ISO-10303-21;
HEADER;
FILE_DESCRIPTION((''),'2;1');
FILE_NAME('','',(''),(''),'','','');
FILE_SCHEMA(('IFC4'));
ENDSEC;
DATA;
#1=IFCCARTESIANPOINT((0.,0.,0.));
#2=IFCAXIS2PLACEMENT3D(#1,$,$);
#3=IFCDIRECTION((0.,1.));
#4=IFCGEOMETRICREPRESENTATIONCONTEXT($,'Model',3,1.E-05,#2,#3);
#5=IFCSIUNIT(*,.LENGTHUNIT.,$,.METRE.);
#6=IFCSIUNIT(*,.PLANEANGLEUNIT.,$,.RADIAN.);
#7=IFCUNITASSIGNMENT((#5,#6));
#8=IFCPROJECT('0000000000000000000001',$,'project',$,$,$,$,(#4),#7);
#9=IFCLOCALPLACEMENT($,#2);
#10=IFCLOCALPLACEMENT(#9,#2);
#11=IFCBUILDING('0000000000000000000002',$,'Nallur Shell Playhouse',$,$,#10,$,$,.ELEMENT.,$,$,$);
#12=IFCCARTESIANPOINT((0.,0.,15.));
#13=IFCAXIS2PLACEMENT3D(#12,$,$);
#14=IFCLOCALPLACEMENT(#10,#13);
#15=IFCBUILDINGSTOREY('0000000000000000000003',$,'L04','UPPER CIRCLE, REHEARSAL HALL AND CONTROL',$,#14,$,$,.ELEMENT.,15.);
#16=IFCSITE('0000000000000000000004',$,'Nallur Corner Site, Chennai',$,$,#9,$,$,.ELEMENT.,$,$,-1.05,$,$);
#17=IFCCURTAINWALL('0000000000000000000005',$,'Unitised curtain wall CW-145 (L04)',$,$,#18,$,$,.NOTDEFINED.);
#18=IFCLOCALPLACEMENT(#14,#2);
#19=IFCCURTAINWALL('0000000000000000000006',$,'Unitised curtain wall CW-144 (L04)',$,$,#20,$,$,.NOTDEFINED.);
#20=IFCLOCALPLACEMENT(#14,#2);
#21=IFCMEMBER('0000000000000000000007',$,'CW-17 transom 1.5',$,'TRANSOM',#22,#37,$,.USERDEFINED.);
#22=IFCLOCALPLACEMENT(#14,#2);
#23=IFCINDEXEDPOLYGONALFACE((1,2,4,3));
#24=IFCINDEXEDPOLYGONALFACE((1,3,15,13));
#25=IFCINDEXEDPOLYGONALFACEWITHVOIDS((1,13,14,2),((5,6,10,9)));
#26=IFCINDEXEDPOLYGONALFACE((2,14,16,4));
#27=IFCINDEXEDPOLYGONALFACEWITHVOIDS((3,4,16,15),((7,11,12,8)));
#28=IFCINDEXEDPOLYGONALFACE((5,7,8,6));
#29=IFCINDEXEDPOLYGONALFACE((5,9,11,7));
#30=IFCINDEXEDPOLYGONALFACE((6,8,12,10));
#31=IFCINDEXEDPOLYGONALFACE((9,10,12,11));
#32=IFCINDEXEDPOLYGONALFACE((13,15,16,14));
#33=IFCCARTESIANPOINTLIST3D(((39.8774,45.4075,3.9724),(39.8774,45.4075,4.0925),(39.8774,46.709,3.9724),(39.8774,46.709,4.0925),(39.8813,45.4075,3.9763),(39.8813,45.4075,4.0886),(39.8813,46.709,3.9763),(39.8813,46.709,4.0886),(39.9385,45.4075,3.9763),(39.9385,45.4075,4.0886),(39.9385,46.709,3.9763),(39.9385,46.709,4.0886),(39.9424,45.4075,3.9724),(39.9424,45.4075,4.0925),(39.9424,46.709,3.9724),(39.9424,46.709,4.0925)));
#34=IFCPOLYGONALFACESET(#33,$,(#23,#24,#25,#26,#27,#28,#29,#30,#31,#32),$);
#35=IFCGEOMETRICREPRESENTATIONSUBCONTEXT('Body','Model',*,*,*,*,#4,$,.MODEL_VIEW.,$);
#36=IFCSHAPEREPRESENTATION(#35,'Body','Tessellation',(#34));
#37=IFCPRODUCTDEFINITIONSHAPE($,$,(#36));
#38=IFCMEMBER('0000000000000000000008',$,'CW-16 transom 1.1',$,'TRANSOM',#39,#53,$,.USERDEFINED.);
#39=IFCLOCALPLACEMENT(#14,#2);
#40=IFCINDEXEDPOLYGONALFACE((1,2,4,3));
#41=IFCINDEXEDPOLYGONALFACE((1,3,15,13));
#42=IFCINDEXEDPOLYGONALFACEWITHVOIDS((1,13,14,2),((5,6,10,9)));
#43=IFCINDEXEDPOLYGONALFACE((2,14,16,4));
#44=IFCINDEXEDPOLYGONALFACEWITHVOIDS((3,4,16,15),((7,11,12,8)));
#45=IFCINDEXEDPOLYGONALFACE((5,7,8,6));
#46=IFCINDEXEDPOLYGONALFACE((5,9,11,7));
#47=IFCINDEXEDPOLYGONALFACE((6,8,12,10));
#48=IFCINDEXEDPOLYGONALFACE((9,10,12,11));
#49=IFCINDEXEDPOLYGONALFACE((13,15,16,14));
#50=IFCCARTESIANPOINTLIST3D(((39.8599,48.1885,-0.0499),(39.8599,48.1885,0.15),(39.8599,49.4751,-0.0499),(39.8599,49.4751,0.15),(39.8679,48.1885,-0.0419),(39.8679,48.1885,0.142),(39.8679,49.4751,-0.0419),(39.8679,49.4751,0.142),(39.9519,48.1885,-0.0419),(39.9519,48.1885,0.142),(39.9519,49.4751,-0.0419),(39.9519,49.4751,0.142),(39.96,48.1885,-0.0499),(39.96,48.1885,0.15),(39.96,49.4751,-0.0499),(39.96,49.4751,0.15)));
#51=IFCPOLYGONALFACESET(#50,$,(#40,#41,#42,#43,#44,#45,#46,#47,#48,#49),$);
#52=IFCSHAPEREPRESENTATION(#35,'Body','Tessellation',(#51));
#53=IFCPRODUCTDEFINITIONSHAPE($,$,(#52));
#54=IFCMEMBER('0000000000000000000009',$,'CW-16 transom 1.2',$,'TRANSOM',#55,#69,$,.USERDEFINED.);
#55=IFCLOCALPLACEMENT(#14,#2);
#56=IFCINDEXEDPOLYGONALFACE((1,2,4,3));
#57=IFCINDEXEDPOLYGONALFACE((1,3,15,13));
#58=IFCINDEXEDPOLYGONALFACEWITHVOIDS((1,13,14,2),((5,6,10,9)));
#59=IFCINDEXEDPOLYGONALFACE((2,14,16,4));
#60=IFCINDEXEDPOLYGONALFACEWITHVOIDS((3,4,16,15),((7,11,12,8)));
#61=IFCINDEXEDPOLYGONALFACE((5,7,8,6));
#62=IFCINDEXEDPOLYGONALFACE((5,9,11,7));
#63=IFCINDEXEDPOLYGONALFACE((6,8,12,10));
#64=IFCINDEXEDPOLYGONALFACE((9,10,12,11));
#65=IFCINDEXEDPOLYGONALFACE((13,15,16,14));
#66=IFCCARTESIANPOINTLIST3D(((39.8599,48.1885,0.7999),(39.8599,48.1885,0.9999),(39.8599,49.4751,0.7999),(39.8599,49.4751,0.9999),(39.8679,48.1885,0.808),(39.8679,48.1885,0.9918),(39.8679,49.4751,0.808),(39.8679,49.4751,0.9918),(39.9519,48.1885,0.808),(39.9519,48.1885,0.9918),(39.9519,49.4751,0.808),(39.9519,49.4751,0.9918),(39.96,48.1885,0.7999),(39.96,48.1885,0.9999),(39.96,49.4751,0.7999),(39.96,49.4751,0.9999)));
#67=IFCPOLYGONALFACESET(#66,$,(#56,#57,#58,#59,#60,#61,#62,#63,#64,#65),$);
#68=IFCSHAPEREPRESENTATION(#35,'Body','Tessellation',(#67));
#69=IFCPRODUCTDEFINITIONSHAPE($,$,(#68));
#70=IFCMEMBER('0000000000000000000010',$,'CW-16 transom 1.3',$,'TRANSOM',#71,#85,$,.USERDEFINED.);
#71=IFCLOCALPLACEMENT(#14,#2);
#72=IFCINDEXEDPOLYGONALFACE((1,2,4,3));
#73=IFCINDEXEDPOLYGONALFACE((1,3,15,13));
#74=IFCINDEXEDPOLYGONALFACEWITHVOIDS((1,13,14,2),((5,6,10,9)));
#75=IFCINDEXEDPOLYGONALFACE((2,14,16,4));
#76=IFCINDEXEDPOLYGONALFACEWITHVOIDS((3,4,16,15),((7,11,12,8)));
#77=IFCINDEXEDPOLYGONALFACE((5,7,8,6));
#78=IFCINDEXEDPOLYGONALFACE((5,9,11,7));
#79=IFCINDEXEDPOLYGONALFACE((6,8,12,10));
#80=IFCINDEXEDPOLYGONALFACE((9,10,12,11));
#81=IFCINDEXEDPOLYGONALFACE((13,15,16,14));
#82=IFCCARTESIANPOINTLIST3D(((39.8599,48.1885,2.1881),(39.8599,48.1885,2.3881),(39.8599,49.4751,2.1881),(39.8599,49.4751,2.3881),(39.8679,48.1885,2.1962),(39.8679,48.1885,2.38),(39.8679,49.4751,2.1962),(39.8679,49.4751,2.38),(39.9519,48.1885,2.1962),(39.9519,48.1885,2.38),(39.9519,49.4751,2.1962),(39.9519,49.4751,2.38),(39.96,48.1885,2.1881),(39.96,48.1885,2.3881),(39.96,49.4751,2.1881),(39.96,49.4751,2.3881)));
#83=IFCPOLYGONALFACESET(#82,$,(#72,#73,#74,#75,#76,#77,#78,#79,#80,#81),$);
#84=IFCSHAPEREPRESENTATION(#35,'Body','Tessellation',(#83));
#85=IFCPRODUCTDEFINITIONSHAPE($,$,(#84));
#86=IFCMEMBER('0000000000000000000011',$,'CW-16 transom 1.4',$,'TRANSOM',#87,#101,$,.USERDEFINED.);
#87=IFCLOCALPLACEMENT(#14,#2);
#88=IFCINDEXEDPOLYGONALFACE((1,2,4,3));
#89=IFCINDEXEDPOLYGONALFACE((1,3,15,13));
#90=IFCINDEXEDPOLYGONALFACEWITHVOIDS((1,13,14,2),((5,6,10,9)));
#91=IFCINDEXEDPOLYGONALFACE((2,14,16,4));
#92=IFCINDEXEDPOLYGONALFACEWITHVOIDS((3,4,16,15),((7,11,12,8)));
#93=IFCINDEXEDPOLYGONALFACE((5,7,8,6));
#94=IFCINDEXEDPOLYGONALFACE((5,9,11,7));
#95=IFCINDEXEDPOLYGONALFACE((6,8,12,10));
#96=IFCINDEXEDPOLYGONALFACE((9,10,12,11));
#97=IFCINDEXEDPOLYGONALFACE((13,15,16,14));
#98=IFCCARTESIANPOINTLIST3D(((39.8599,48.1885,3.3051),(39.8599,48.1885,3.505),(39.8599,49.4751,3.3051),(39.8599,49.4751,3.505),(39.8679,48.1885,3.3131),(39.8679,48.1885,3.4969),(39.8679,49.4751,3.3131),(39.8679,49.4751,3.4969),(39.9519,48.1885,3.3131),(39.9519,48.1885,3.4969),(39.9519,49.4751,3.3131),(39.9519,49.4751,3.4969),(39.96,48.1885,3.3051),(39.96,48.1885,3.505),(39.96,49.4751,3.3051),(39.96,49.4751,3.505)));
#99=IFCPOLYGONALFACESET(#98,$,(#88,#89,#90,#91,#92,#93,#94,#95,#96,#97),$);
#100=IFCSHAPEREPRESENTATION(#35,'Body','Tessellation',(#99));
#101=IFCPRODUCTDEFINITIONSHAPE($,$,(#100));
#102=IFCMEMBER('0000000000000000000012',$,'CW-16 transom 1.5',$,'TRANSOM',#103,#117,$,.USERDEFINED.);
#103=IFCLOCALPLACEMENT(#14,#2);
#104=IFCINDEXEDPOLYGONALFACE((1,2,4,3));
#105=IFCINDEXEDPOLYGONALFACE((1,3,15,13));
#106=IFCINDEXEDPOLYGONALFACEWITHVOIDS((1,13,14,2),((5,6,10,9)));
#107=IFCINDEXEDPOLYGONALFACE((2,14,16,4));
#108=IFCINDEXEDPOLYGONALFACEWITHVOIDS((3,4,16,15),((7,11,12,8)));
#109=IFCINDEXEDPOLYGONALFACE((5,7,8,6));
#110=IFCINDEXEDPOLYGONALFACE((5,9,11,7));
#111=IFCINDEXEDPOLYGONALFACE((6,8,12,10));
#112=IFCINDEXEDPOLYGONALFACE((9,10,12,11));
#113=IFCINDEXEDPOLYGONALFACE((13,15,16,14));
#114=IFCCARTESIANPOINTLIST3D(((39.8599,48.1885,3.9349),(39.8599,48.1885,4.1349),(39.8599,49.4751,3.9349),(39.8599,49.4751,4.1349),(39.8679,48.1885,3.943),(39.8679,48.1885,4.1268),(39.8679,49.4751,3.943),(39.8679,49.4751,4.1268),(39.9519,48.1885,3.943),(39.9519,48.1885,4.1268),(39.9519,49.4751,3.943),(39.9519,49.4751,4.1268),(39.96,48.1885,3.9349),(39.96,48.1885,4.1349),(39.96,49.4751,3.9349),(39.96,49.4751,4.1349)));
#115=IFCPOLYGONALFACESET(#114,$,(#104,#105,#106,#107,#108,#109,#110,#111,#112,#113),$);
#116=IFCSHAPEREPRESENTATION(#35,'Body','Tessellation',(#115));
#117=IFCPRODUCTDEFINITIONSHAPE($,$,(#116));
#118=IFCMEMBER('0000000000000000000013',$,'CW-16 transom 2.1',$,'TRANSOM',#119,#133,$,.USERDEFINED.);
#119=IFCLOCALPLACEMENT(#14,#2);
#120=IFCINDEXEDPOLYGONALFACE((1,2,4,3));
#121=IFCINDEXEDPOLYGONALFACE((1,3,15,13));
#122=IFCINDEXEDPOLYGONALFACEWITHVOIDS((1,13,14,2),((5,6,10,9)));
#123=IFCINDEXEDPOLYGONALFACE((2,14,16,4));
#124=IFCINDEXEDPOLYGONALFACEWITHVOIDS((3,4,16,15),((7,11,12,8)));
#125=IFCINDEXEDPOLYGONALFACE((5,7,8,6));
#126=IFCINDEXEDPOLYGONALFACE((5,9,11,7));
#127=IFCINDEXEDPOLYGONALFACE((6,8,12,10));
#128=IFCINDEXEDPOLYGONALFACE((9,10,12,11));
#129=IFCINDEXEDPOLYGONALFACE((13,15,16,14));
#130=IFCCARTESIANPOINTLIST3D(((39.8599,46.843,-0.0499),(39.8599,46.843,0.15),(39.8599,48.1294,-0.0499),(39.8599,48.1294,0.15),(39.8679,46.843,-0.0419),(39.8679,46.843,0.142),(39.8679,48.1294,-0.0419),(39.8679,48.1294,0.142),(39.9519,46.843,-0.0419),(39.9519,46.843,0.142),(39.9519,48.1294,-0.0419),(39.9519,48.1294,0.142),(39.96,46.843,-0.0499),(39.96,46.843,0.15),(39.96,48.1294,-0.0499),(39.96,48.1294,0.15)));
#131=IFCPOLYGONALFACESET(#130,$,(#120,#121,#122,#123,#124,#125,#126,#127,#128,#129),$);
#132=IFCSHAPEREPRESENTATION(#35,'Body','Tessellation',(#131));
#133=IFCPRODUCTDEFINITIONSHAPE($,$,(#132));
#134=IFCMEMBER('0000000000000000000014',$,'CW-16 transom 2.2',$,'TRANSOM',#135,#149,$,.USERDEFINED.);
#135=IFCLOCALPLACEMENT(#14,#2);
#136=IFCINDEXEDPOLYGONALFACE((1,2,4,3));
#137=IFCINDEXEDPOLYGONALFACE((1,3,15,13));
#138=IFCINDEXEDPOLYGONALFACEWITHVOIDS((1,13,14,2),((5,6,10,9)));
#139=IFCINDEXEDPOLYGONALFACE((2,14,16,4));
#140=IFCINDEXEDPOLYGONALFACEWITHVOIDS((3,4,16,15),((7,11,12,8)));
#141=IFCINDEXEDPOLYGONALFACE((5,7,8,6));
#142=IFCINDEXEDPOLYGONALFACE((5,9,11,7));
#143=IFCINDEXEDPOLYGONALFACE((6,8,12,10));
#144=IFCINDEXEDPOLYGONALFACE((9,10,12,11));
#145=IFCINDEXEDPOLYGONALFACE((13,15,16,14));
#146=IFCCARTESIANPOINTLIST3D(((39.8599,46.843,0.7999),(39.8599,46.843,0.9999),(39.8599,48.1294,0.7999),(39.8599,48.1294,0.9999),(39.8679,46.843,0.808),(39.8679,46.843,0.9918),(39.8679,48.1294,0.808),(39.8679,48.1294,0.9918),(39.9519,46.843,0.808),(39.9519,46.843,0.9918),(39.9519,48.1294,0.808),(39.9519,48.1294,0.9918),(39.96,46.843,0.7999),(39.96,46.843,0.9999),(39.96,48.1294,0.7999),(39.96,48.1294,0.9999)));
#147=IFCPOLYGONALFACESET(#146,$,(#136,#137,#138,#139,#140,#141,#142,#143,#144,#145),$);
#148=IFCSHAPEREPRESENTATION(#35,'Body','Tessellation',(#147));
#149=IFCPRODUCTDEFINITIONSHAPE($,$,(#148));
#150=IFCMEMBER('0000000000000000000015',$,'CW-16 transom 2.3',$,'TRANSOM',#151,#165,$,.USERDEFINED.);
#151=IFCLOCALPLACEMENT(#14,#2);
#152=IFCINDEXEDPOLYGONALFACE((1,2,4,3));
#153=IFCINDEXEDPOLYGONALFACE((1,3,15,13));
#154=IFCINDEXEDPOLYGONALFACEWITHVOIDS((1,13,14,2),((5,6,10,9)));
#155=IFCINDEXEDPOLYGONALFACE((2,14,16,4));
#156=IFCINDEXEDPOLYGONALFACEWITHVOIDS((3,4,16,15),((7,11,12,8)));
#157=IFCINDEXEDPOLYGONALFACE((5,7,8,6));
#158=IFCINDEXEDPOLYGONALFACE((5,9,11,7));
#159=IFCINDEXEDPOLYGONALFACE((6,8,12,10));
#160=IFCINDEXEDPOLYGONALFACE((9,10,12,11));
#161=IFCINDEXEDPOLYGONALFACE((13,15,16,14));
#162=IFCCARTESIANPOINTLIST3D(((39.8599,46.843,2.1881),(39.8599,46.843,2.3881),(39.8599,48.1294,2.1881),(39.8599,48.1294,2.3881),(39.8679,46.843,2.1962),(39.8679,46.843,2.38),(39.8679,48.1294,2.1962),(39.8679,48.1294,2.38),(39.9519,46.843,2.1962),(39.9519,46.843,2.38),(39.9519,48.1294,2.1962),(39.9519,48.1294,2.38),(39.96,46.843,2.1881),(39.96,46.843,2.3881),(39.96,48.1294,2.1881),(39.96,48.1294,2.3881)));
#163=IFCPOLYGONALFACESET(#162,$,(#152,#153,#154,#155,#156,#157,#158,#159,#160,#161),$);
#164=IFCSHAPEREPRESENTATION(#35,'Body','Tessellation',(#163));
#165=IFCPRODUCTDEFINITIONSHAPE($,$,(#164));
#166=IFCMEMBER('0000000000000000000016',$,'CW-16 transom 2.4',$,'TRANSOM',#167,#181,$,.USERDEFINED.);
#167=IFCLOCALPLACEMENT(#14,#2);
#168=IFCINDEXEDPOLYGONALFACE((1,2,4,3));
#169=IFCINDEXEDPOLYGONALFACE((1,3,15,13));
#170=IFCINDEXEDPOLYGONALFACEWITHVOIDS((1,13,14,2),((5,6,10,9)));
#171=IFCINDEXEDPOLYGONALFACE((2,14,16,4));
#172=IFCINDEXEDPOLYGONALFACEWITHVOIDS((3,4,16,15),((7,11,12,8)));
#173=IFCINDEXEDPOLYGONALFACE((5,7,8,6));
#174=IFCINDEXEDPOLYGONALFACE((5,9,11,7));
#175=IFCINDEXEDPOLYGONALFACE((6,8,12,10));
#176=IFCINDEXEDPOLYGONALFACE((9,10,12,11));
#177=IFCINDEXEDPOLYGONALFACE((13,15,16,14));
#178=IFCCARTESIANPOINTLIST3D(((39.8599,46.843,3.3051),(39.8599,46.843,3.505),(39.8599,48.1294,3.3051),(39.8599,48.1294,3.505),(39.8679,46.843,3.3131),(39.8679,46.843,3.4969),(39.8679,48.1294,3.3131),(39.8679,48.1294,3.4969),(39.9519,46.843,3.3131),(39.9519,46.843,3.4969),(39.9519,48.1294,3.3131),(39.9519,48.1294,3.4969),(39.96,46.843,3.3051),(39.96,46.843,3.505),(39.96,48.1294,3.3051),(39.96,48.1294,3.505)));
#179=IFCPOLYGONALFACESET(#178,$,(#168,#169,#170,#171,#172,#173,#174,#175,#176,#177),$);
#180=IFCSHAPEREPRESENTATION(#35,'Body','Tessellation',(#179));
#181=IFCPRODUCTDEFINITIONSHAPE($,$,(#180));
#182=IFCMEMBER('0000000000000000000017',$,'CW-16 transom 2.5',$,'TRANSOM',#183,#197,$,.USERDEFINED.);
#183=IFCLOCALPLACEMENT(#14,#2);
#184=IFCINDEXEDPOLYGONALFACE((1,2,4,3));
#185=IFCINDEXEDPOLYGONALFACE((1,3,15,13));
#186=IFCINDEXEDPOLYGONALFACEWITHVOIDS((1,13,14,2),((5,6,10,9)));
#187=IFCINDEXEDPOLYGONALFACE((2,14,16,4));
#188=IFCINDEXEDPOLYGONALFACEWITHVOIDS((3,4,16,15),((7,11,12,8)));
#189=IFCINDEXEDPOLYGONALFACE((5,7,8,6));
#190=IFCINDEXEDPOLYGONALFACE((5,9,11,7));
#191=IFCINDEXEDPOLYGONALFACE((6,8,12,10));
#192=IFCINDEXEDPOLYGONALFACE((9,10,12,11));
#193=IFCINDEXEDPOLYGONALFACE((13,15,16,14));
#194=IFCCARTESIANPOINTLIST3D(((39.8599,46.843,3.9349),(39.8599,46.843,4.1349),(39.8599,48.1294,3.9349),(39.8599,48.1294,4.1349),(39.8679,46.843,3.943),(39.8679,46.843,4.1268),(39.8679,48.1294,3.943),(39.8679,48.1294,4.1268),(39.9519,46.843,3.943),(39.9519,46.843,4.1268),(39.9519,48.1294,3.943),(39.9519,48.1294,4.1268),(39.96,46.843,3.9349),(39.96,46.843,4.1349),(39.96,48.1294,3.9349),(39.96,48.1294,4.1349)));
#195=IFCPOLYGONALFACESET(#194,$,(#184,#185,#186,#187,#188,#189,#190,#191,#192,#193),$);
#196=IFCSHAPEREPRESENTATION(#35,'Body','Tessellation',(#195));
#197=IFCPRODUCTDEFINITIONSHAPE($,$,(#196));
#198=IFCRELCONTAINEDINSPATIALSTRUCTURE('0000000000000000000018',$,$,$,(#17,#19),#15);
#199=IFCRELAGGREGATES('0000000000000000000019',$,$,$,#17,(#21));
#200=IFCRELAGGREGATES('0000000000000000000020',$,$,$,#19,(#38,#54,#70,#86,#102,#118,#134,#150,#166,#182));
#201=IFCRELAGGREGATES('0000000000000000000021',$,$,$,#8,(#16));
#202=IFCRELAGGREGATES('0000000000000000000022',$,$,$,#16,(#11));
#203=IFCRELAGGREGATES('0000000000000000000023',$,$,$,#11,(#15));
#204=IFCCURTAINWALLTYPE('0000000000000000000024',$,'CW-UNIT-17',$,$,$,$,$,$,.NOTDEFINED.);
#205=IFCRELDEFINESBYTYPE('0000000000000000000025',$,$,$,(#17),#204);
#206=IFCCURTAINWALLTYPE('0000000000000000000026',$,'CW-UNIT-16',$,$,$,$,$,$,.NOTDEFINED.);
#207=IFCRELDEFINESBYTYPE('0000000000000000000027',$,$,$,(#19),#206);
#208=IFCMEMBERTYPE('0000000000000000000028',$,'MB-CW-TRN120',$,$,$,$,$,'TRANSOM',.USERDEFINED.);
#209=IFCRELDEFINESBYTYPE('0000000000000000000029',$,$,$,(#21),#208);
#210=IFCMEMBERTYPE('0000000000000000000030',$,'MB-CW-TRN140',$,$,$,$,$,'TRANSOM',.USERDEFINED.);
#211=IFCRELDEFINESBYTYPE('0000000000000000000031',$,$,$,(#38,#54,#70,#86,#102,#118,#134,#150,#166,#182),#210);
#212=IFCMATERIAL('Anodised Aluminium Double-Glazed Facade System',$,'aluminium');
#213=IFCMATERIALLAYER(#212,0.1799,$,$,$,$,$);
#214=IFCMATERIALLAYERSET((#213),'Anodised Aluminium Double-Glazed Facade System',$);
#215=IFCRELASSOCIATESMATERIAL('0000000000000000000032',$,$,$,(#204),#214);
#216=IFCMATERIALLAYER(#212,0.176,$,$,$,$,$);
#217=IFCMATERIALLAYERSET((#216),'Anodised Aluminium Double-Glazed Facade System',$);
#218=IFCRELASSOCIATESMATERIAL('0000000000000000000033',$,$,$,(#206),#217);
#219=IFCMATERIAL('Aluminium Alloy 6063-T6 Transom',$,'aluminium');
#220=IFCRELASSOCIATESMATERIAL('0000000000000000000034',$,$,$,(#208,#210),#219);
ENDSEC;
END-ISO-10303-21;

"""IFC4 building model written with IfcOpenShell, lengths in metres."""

from ifc_helpers import new_model, si_unit, direction, frame, origin, origin_2d, place, context, subcontext, project, spatial, hollow_rectangle, extrude, material, layer, layer_set, material_profile, profile_set, type_object, element, aggregate, save


model = new_model("IFC4")

# Units and contexts
model_context = context("Model", 3, precision=1e-05, world=origin(), true_north=direction((0.0, 1.0)))
body_context = subcontext(model_context, "Body", "Model", "MODEL_VIEW")
ifc_project = project(units=[si_unit("LENGTHUNIT", "METRE"), si_unit("PLANEANGLEUNIT", "RADIAN")], contexts=[model_context])

# Site, building, storey
site_placement = place(None, origin())
site = spatial("IfcSite", under=ifc_project, at=site_placement, Name="Nallur Corner Site, Chennai", CompositionType="ELEMENT", RefElevation=-1.05)
building_placement = place(site_placement, origin())
building = spatial("IfcBuilding", under=site, at=building_placement, Name="Nallur Shell Playhouse", CompositionType="ELEMENT")
storey_placement = place(building_placement, frame((0.0, 0.0, 15.0)))
storey = spatial("IfcBuildingStorey", under=building, at=storey_placement, Name="L04", Description="UPPER CIRCLE, REHEARSAL HALL AND CONTROL", CompositionType="ELEMENT", Elevation=15.0)

# Curtain wall
ifc_material_1 = material(Name="Anodised Aluminium Double-Glazed Facade System", Category="aluminium")
ifc_layer_1 = layer(ifc_material_1, 0.1799)
ifc_layer_set_1 = layer_set([ifc_layer_1], Name="Anodised Aluminium Double-Glazed Facade System")
curtain_wall_type_1 = type_object("IfcCurtainWallType", Name="CW-UNIT-17", PredefinedType="NOTDEFINED", material=ifc_layer_set_1)
curtain_wall_1_placement = place(storey_placement, origin())
curtain_wall_1 = element("IfcCurtainWall", 1, at=curtain_wall_1_placement, inside=storey, type_object=curtain_wall_type_1, Name="Unitised curtain wall CW-145 (L04)", PredefinedType="NOTDEFINED")

# Curtain wall
ifc_layer_2 = layer(ifc_material_1, 0.176)
ifc_layer_set_2 = layer_set([ifc_layer_2], Name="Anodised Aluminium Double-Glazed Facade System")
curtain_wall_type_2 = type_object("IfcCurtainWallType", Name="CW-UNIT-16", PredefinedType="NOTDEFINED", material=ifc_layer_set_2)
curtain_wall_2_placement = place(storey_placement, origin())
curtain_wall_2 = element("IfcCurtainWall", 2, at=curtain_wall_2_placement, inside=storey, type_object=curtain_wall_type_2, Name="Unitised curtain wall CW-144 (L04)", PredefinedType="NOTDEFINED")

# Members
ifc_material_2 = material(Name="Aluminium Alloy 6063-T6 Transom", Category="aluminium")
ifc_material_profile_1 = material_profile(ifc_material_2, hollow_rectangle(XDim=0.0649, YDim=0.1201, WallThickness=0.0039, at=origin_2d()), Name="ALU 65x120x4")
ifc_profile_set_1 = profile_set([ifc_material_profile_1], Name="Aluminium Alloy 6063-T6 Transom")
member_type_1 = type_object("IfcMemberType", Name="MB-CW-TRN120", ElementType="TRANSOM", PredefinedType="USERDEFINED", material=ifc_profile_set_1)
member_1_placement = place(storey_placement, frame((39.9099, 46.709, 4.0325), z_axis=(0.0, -1.0, 0.0), x_axis=(1.0, 0.0, 0.0)))
member_1 = element("IfcMember", 3, at=member_1_placement, type_object=member_type_1, Name="CW-17 transom 1.5", ObjectType="TRANSOM", PredefinedType="USERDEFINED", context=body_context, shape_type="SweptSolid", body=[
    extrude(hollow_rectangle(XDim=0.0649, YDim=0.1201, WallThickness=0.0039, at=origin_2d()), origin(), (0.0, 0.0, 1.0), 1.3015),
])
aggregate(curtain_wall_1, [member_1])
ifc_material_profile_2 = material_profile(ifc_material_2, hollow_rectangle(XDim=0.1001, YDim=0.2, WallThickness=0.0081, at=origin_2d()), Name="RHS 200x100x8")
ifc_profile_set_2 = profile_set([ifc_material_profile_2], Name="Aluminium Alloy 6063-T6 Transom")
member_type_2 = type_object("IfcMemberType", Name="MB-CW-TRN140", ElementType="TRANSOM", PredefinedType="USERDEFINED", material=ifc_profile_set_2)
member_2_placement = place(storey_placement, frame((39.9099, 49.4751, 0.05), z_axis=(0.0, -1.0, 0.0), x_axis=(1.0, 0.0, 0.0)))
member_2 = element("IfcMember", 4, at=member_2_placement, type_object=member_type_2, Name="CW-16 transom 1.1", ObjectType="TRANSOM", PredefinedType="USERDEFINED", context=body_context, shape_type="SweptSolid", body=[
    extrude(hollow_rectangle(XDim=0.1001, YDim=0.2, WallThickness=0.0081, at=origin_2d()), origin(), (0.0, 0.0, 1.0), 1.2866),
])
member_3_placement = place(storey_placement, frame((39.9099, 49.4751, 0.8999), z_axis=(0.0, -1.0, 0.0), x_axis=(1.0, 0.0, 0.0)))
member_3 = element("IfcMember", 5, at=member_3_placement, type_object=member_type_2, Name="CW-16 transom 1.2", ObjectType="TRANSOM", PredefinedType="USERDEFINED", context=body_context, shape_type="SweptSolid", body=[
    extrude(hollow_rectangle(XDim=0.1001, YDim=0.2, WallThickness=0.0081, at=origin_2d()), origin(), (0.0, 0.0, 1.0), 1.2866),
])
member_4_placement = place(storey_placement, frame((39.9099, 49.4751, 2.2881), z_axis=(0.0, -1.0, 0.0), x_axis=(1.0, 0.0, 0.0)))
member_4 = element("IfcMember", 6, at=member_4_placement, type_object=member_type_2, Name="CW-16 transom 1.3", ObjectType="TRANSOM", PredefinedType="USERDEFINED", context=body_context, shape_type="SweptSolid", body=[
    extrude(hollow_rectangle(XDim=0.1001, YDim=0.2, WallThickness=0.0081, at=origin_2d()), origin(), (0.0, 0.0, 1.0), 1.2866),
])
member_5_placement = place(storey_placement, frame((39.9099, 49.4751, 3.405), z_axis=(0.0, -1.0, 0.0), x_axis=(1.0, 0.0, 0.0)))
member_5 = element("IfcMember", 7, at=member_5_placement, type_object=member_type_2, Name="CW-16 transom 1.4", ObjectType="TRANSOM", PredefinedType="USERDEFINED", context=body_context, shape_type="SweptSolid", body=[
    extrude(hollow_rectangle(XDim=0.1001, YDim=0.2, WallThickness=0.0081, at=origin_2d()), origin(), (0.0, 0.0, 1.0), 1.2866),
])
member_6_placement = place(storey_placement, frame((39.9099, 49.4751, 4.0349), z_axis=(0.0, -1.0, 0.0), x_axis=(1.0, 0.0, 0.0)))
member_6 = element("IfcMember", 8, at=member_6_placement, type_object=member_type_2, Name="CW-16 transom 1.5", ObjectType="TRANSOM", PredefinedType="USERDEFINED", context=body_context, shape_type="SweptSolid", body=[
    extrude(hollow_rectangle(XDim=0.1001, YDim=0.2, WallThickness=0.0081, at=origin_2d()), origin(), (0.0, 0.0, 1.0), 1.2866),
])
member_7_placement = place(storey_placement, frame((39.9099, 48.1294, 0.05), z_axis=(0.0, -1.0, 0.0), x_axis=(1.0, 0.0, 0.0)))
member_7 = element("IfcMember", 9, at=member_7_placement, type_object=member_type_2, Name="CW-16 transom 2.1", ObjectType="TRANSOM", PredefinedType="USERDEFINED", context=body_context, shape_type="SweptSolid", body=[
    extrude(hollow_rectangle(XDim=0.1001, YDim=0.2, WallThickness=0.0081, at=origin_2d()), origin(), (0.0, 0.0, 1.0), 1.2864),
])
member_8_placement = place(storey_placement, frame((39.9099, 48.1294, 0.8999), z_axis=(0.0, -1.0, 0.0), x_axis=(1.0, 0.0, 0.0)))
member_8 = element("IfcMember", 10, at=member_8_placement, type_object=member_type_2, Name="CW-16 transom 2.2", ObjectType="TRANSOM", PredefinedType="USERDEFINED", context=body_context, shape_type="SweptSolid", body=[
    extrude(hollow_rectangle(XDim=0.1001, YDim=0.2, WallThickness=0.0081, at=origin_2d()), origin(), (0.0, 0.0, 1.0), 1.2864),
])
member_9_placement = place(storey_placement, frame((39.9099, 48.1294, 2.2881), z_axis=(0.0, -1.0, 0.0), x_axis=(1.0, 0.0, 0.0)))
member_9 = element("IfcMember", 11, at=member_9_placement, type_object=member_type_2, Name="CW-16 transom 2.3", ObjectType="TRANSOM", PredefinedType="USERDEFINED", context=body_context, shape_type="SweptSolid", body=[
    extrude(hollow_rectangle(XDim=0.1001, YDim=0.2, WallThickness=0.0081, at=origin_2d()), origin(), (0.0, 0.0, 1.0), 1.2864),
])
member_10_placement = place(storey_placement, frame((39.9099, 48.1294, 3.405), z_axis=(0.0, -1.0, 0.0), x_axis=(1.0, 0.0, 0.0)))
member_10 = element("IfcMember", 12, at=member_10_placement, type_object=member_type_2, Name="CW-16 transom 2.4", ObjectType="TRANSOM", PredefinedType="USERDEFINED", context=body_context, shape_type="SweptSolid", body=[
    extrude(hollow_rectangle(XDim=0.1001, YDim=0.2, WallThickness=0.0081, at=origin_2d()), origin(), (0.0, 0.0, 1.0), 1.2864),
])
member_11_placement = place(storey_placement, frame((39.9099, 48.1294, 4.0349), z_axis=(0.0, -1.0, 0.0), x_axis=(1.0, 0.0, 0.0)))
member_11 = element("IfcMember", 13, at=member_11_placement, type_object=member_type_2, Name="CW-16 transom 2.5", ObjectType="TRANSOM", PredefinedType="USERDEFINED", context=body_context, shape_type="SweptSolid", body=[
    extrude(hollow_rectangle(XDim=0.1001, YDim=0.2, WallThickness=0.0081, at=origin_2d()), origin(), (0.0, 0.0, 1.0), 1.2864),
])

aggregate(curtain_wall_2, [member_2, member_3, member_4, member_5, member_6, member_7, member_8, member_9, member_10, member_11])

save(model, "model.ifc")
